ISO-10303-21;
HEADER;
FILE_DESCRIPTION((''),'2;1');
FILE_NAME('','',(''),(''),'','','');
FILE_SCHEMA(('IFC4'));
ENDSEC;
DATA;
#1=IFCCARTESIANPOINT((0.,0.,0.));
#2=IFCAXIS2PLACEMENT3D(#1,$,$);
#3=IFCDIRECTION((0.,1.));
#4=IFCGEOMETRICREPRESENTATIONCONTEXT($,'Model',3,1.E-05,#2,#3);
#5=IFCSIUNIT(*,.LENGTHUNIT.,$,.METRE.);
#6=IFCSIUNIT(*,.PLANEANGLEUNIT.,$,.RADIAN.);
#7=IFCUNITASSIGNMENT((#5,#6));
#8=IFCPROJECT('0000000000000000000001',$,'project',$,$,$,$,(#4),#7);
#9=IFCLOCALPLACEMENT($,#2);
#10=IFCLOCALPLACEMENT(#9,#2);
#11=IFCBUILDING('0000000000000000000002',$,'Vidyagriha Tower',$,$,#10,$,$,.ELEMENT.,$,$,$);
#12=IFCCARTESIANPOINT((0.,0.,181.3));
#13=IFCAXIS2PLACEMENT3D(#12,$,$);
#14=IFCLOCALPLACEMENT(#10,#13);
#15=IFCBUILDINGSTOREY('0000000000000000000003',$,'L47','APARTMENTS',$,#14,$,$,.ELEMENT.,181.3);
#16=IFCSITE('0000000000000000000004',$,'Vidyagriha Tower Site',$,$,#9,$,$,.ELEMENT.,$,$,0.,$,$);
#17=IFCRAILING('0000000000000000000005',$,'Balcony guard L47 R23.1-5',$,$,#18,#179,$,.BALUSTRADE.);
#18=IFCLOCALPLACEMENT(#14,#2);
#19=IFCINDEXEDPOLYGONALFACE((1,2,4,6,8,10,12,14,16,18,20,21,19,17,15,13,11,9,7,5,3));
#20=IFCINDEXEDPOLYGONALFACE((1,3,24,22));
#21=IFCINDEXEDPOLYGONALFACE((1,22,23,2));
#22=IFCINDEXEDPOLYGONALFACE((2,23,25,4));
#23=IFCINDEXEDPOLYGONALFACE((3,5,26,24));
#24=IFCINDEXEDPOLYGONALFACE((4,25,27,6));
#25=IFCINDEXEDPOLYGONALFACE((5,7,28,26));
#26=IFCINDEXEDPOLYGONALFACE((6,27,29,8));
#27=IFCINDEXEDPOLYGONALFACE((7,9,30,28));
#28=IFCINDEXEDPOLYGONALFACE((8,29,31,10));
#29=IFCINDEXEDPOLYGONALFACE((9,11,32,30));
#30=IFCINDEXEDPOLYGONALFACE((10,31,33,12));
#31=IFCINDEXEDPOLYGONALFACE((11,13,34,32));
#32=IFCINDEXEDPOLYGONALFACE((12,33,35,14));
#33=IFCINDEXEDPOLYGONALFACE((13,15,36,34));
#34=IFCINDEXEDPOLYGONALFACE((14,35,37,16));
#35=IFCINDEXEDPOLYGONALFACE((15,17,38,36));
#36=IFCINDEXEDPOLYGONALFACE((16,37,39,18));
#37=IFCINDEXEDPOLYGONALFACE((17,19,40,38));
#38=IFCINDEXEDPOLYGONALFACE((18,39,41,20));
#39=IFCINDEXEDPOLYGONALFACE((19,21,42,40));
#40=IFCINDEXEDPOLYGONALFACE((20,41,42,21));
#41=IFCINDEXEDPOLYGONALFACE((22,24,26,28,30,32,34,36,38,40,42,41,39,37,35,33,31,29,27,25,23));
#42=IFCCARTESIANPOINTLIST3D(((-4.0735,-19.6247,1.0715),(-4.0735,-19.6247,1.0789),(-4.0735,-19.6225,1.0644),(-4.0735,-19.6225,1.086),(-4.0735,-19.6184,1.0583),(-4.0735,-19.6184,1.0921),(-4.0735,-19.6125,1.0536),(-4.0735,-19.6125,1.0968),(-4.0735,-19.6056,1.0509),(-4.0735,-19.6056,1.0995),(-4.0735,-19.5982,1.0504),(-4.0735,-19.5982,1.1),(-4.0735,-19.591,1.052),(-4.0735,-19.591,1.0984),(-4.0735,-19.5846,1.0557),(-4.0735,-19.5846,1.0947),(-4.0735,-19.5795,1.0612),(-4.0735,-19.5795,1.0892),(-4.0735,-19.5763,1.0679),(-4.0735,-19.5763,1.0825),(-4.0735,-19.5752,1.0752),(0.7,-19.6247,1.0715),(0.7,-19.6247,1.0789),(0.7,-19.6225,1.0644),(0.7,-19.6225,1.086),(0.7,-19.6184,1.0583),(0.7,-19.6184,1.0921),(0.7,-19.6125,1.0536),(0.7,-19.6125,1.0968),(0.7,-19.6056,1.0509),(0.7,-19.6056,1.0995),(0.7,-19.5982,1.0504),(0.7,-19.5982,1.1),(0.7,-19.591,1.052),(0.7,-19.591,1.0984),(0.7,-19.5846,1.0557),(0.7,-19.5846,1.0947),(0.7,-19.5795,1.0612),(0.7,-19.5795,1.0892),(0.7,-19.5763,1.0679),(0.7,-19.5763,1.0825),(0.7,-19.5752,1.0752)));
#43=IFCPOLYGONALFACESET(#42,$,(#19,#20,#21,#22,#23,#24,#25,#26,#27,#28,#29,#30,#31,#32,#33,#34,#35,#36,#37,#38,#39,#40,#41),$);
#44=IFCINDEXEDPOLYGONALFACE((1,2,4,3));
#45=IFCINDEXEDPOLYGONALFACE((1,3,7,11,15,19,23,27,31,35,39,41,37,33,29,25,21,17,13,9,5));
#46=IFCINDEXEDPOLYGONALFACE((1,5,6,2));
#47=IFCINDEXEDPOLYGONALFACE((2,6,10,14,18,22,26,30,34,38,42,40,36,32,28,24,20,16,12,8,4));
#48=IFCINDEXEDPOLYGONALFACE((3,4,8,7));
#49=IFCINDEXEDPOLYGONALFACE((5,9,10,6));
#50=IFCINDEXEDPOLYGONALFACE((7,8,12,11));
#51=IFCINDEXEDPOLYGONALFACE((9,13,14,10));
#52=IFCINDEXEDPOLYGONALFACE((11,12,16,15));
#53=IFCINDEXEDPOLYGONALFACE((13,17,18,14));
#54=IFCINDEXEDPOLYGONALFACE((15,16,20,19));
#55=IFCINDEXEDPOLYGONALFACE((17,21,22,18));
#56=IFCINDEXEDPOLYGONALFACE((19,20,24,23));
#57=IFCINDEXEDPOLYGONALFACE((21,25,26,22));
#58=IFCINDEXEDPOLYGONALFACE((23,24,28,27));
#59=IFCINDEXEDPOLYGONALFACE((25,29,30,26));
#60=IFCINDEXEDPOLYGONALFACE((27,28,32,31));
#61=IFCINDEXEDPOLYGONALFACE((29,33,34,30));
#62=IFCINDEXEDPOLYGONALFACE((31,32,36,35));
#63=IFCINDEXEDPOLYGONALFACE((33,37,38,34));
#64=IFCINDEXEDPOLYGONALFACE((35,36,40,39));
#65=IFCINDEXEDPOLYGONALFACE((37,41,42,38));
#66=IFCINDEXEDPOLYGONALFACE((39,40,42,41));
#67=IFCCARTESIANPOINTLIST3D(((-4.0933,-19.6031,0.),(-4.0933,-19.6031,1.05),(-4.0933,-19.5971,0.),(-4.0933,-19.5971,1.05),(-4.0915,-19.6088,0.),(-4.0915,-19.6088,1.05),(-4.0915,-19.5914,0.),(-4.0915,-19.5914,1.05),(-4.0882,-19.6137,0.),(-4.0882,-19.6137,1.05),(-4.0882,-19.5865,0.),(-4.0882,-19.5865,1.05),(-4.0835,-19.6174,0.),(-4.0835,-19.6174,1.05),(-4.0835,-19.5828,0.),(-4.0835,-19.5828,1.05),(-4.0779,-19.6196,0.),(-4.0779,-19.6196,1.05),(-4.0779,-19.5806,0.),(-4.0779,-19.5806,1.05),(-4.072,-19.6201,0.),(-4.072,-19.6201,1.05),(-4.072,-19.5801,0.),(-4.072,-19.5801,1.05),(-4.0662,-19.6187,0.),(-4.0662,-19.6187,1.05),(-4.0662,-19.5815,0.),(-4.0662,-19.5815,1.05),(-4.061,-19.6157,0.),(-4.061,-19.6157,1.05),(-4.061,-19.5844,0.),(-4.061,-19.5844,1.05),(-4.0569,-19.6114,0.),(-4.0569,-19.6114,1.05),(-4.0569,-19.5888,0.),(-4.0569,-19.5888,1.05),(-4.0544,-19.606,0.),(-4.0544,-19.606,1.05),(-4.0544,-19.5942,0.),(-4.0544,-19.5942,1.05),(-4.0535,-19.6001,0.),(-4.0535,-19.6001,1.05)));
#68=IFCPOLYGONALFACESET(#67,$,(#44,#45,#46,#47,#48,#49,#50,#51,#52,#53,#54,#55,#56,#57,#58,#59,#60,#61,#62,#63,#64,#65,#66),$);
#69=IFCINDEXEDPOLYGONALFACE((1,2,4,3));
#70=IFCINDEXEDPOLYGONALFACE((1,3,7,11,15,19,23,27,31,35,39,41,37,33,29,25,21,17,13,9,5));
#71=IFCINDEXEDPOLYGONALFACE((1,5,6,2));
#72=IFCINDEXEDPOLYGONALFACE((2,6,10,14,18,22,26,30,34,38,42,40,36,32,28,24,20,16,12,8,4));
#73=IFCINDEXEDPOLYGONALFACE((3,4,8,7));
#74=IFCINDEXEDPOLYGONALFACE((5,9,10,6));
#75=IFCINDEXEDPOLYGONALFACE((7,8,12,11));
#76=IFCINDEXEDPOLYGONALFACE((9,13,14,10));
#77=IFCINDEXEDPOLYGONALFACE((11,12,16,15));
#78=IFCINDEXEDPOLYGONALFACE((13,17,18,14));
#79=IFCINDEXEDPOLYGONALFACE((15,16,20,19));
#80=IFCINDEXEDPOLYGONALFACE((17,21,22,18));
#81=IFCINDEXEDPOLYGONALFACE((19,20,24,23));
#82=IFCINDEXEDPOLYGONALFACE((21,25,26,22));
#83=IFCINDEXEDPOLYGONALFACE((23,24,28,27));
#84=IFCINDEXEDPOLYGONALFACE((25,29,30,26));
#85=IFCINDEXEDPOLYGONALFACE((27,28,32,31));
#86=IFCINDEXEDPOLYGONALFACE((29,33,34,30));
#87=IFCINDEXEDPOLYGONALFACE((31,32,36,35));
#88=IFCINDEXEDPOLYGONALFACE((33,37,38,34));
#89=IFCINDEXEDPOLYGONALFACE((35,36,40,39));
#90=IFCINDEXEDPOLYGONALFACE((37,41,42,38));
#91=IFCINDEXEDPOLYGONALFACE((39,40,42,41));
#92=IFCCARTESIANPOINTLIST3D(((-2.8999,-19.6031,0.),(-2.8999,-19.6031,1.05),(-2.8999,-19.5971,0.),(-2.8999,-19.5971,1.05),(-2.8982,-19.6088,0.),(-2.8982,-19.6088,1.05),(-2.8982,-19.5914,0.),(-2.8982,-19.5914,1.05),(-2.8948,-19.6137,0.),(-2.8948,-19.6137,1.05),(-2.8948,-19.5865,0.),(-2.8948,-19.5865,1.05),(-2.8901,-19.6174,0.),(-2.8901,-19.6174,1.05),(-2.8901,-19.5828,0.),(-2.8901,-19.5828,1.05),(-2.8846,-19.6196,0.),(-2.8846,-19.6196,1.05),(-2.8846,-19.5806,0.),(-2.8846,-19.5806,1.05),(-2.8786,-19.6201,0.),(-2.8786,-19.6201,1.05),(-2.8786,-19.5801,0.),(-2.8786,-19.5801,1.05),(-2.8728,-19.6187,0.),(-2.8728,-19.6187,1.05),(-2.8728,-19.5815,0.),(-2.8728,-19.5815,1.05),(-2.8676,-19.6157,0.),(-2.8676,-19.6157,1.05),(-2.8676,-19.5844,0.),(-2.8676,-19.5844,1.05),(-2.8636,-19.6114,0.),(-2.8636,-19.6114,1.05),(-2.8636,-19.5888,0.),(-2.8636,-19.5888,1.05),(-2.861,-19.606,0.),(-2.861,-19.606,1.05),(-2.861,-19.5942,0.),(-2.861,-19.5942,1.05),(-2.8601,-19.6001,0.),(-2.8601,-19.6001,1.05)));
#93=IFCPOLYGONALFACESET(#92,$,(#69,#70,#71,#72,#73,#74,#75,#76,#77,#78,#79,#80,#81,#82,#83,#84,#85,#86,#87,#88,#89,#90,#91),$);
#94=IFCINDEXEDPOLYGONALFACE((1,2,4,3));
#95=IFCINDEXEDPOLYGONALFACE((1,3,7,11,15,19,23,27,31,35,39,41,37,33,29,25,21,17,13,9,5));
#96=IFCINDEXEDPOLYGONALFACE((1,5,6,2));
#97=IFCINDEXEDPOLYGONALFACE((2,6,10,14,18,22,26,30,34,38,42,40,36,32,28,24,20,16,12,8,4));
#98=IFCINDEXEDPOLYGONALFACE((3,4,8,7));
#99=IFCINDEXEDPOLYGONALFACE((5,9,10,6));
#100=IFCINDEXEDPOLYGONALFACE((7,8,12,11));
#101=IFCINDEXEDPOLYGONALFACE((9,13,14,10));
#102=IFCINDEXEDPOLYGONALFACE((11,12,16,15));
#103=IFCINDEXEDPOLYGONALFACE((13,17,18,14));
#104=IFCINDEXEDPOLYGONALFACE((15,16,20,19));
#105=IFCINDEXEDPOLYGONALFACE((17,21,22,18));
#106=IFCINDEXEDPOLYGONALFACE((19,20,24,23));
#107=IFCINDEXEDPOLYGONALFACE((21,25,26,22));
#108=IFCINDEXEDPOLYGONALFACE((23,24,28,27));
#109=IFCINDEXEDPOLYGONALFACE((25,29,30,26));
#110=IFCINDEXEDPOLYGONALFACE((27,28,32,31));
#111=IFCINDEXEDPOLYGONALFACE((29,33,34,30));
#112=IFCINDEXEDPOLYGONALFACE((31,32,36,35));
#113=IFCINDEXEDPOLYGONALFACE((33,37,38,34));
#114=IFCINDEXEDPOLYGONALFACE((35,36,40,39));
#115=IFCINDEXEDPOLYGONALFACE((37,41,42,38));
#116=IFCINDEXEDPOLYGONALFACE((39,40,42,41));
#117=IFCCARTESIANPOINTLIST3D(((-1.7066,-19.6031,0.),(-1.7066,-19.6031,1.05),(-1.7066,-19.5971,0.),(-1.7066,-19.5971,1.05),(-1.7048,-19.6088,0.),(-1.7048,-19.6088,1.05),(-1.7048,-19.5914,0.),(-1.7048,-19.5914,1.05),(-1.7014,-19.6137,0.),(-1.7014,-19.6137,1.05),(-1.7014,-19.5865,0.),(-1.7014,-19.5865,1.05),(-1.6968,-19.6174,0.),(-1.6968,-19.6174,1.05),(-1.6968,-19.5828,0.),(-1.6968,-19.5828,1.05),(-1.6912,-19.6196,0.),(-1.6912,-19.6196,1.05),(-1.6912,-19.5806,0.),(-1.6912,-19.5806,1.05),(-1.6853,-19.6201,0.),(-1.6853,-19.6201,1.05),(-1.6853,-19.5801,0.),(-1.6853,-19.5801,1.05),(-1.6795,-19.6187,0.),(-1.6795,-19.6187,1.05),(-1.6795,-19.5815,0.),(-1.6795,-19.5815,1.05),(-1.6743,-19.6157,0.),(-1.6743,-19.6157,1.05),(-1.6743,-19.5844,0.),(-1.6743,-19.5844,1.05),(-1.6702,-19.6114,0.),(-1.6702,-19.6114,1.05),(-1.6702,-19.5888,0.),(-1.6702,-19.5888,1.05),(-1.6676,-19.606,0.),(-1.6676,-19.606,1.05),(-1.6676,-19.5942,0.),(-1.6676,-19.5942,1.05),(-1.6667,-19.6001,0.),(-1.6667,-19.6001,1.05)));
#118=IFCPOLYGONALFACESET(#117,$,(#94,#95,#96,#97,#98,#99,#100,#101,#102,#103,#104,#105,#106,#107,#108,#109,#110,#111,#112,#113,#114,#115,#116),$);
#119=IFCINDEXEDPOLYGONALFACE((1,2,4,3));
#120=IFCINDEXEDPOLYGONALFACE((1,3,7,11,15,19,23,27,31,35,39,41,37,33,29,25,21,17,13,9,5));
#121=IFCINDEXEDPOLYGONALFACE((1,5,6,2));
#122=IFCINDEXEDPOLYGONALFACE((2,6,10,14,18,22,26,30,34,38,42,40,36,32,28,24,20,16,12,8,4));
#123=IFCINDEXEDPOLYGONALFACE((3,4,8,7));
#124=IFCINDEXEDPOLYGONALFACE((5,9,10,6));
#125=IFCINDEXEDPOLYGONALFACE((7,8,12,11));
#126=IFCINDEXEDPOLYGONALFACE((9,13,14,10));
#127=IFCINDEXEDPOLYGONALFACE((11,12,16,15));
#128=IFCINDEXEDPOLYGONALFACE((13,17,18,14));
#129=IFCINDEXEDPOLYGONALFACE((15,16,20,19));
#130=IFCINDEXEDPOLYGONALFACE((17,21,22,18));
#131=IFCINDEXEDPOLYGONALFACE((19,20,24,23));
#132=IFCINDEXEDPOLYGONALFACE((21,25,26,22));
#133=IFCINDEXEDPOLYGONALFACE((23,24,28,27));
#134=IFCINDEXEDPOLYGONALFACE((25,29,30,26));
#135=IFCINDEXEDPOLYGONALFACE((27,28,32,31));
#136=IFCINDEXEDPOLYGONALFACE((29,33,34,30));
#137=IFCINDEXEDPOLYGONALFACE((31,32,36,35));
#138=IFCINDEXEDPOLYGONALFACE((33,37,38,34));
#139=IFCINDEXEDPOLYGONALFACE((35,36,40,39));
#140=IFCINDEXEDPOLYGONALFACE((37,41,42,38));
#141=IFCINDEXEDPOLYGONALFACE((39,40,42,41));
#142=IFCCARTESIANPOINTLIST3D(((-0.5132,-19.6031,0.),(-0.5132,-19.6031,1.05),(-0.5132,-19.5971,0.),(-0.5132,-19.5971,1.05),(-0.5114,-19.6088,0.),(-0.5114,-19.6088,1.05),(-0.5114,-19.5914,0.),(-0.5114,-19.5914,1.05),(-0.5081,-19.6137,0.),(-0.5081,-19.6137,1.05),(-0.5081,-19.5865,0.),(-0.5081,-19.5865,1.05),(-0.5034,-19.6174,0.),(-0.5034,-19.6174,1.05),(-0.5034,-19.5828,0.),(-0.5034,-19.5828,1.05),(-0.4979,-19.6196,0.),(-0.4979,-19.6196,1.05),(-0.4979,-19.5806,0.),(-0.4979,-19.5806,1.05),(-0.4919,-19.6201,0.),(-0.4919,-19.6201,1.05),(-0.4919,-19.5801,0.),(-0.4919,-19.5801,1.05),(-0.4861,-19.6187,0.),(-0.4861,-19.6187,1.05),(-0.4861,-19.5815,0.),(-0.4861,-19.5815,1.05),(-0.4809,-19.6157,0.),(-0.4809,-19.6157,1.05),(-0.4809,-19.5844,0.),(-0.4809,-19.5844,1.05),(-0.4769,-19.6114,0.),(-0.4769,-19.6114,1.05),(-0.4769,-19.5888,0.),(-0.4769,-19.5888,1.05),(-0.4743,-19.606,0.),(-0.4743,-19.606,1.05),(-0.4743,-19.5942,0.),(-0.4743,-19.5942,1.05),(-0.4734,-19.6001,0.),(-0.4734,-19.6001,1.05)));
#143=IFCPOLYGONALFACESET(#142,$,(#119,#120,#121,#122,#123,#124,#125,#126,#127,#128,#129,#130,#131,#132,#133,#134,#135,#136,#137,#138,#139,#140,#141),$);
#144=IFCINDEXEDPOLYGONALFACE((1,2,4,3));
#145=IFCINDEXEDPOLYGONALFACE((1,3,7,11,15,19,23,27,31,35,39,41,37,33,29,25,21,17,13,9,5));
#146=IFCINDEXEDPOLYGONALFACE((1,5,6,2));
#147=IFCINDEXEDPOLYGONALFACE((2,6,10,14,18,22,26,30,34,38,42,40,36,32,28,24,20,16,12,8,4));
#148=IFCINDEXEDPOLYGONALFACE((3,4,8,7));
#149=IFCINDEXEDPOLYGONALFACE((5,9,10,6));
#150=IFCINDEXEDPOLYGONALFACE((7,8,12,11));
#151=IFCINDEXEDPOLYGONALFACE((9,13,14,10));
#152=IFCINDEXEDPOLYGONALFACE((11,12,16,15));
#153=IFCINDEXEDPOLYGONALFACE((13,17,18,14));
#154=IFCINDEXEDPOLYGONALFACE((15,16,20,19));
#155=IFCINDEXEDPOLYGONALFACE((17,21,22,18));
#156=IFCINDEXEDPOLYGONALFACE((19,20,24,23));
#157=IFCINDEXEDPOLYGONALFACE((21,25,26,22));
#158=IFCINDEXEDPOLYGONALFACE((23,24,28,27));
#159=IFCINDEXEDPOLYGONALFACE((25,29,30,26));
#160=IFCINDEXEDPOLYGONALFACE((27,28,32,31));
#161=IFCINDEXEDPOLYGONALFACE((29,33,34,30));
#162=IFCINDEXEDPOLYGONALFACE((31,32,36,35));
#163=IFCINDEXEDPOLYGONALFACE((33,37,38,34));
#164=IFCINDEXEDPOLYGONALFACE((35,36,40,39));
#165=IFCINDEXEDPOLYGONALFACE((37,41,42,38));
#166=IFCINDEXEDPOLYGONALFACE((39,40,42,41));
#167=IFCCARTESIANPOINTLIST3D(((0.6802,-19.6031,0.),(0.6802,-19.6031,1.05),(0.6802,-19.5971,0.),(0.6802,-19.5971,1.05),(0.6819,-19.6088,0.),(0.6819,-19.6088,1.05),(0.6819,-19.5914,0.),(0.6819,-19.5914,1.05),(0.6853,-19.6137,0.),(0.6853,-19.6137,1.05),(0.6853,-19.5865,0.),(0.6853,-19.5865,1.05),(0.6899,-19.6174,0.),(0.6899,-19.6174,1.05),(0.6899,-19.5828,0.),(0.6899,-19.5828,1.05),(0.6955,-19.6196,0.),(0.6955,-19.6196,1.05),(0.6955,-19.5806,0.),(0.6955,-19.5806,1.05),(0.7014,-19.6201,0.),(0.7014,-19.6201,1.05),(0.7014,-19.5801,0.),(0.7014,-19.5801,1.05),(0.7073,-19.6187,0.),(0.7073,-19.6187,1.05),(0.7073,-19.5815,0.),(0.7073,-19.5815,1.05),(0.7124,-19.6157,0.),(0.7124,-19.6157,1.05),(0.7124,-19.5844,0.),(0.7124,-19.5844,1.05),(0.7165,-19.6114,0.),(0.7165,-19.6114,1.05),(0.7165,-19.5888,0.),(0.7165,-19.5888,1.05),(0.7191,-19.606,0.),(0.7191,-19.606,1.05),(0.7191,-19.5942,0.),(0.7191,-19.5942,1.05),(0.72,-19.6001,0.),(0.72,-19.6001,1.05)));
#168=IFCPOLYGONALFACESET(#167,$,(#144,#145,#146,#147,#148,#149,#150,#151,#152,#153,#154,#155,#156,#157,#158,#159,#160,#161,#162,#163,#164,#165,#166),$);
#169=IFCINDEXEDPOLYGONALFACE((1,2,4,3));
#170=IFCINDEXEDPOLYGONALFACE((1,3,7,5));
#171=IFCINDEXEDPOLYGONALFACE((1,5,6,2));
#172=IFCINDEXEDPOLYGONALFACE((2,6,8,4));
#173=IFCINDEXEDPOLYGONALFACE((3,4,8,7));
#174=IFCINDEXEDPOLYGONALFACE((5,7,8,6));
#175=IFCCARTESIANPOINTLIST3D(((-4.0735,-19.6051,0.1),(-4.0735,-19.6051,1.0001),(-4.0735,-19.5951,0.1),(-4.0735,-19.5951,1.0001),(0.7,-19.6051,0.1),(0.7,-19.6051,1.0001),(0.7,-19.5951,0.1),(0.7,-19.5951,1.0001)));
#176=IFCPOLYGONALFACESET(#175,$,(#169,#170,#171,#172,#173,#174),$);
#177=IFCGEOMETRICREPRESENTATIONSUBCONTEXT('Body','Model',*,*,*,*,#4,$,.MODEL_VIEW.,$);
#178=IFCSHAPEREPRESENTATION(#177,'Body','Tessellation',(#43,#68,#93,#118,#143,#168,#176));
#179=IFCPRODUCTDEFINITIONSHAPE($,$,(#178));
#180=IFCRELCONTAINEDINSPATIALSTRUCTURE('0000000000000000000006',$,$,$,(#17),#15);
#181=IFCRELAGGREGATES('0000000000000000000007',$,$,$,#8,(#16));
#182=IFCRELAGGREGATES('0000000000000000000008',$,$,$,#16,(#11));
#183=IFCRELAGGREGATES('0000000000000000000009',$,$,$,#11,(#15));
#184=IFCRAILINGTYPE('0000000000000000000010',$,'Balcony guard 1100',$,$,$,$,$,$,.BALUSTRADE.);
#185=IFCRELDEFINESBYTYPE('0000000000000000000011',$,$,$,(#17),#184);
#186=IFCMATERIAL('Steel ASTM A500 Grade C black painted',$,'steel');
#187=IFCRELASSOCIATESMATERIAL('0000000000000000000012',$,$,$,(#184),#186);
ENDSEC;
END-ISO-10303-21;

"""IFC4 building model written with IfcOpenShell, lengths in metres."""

from ifc_helpers import new_model, si_unit, direction, frame, origin, origin_2d, place, context, subcontext, project, spatial, rectangle, circle, extrude, material, type_object, element, save


model = new_model("IFC4")

# Units and contexts
model_context = context("Model", 3, precision=1e-05, world=origin(), true_north=direction((0.0, 1.0)))
body_context = subcontext(model_context, "Body", "Model", "MODEL_VIEW")
ifc_project = project(units=[si_unit("LENGTHUNIT", "METRE"), si_unit("PLANEANGLEUNIT", "RADIAN")], contexts=[model_context])

# Site, building, storey
site_placement = place(None, origin())
site = spatial("IfcSite", under=ifc_project, at=site_placement, Name="Vidyagriha Tower Site", CompositionType="ELEMENT", RefElevation=0.0)
building_placement = place(site_placement, origin())
building = spatial("IfcBuilding", under=site, at=building_placement, Name="Vidyagriha Tower", CompositionType="ELEMENT")
storey_placement = place(building_placement, frame((0.0, 0.0, 181.3)))
storey = spatial("IfcBuildingStorey", under=building, at=storey_placement, Name="L47", Description="APARTMENTS", CompositionType="ELEMENT", Elevation=181.3)

# Railing
ifc_material_1 = material(Name="Steel ASTM A500 Grade C black painted", Category="steel")
railing_type = type_object("IfcRailingType", Name="Balcony guard 1100", PredefinedType="BALUSTRADE", material=ifc_material_1)
railing_1_placement = place(storey_placement, frame((-4.0735, -19.6001, 0.0)))
element("IfcRailing", 1, at=railing_1_placement, inside=storey, type_object=railing_type, Name="Balcony guard L47 R23.1-5", PredefinedType="BALUSTRADE", context=body_context, shape_type="SweptSolid", body=[
    extrude(circle(Radius=0.0249, at=origin_2d()), frame((0.0, 0.0, 1.0752), z_axis=(1.0, 0.0, 0.0), x_axis=(0.0, 1.0, 0.0)), (0.0, 0.0, 1.0), 4.7734),
    extrude(circle(Radius=0.02, at=origin_2d()), origin(), (0.0, 0.0, 1.0), 1.05),
    extrude(circle(Radius=0.02, at=origin_2d()), frame((1.1934, 0.0, 0.0)), (0.0, 0.0, 1.0), 1.05),
    extrude(circle(Radius=0.02, at=origin_2d()), frame((2.3867, 0.0, 0.0)), (0.0, 0.0, 1.0), 1.05),
    extrude(circle(Radius=0.02, at=origin_2d()), frame((3.5801, 0.0, 0.0)), (0.0, 0.0, 1.0), 1.05),
    extrude(circle(Radius=0.02, at=origin_2d()), frame((4.7734, 0.0, 0.0)), (0.0, 0.0, 1.0), 1.05),
    extrude(rectangle(XDim=0.01, YDim=0.9001, at=origin_2d()), frame((0.0, 0.0, 0.55), z_axis=(1.0, 0.0, 0.0), x_axis=(0.0, 1.0, 0.0)), (0.0, 0.0, 1.0), 4.7734),
])

save(model, "model.ifc")
